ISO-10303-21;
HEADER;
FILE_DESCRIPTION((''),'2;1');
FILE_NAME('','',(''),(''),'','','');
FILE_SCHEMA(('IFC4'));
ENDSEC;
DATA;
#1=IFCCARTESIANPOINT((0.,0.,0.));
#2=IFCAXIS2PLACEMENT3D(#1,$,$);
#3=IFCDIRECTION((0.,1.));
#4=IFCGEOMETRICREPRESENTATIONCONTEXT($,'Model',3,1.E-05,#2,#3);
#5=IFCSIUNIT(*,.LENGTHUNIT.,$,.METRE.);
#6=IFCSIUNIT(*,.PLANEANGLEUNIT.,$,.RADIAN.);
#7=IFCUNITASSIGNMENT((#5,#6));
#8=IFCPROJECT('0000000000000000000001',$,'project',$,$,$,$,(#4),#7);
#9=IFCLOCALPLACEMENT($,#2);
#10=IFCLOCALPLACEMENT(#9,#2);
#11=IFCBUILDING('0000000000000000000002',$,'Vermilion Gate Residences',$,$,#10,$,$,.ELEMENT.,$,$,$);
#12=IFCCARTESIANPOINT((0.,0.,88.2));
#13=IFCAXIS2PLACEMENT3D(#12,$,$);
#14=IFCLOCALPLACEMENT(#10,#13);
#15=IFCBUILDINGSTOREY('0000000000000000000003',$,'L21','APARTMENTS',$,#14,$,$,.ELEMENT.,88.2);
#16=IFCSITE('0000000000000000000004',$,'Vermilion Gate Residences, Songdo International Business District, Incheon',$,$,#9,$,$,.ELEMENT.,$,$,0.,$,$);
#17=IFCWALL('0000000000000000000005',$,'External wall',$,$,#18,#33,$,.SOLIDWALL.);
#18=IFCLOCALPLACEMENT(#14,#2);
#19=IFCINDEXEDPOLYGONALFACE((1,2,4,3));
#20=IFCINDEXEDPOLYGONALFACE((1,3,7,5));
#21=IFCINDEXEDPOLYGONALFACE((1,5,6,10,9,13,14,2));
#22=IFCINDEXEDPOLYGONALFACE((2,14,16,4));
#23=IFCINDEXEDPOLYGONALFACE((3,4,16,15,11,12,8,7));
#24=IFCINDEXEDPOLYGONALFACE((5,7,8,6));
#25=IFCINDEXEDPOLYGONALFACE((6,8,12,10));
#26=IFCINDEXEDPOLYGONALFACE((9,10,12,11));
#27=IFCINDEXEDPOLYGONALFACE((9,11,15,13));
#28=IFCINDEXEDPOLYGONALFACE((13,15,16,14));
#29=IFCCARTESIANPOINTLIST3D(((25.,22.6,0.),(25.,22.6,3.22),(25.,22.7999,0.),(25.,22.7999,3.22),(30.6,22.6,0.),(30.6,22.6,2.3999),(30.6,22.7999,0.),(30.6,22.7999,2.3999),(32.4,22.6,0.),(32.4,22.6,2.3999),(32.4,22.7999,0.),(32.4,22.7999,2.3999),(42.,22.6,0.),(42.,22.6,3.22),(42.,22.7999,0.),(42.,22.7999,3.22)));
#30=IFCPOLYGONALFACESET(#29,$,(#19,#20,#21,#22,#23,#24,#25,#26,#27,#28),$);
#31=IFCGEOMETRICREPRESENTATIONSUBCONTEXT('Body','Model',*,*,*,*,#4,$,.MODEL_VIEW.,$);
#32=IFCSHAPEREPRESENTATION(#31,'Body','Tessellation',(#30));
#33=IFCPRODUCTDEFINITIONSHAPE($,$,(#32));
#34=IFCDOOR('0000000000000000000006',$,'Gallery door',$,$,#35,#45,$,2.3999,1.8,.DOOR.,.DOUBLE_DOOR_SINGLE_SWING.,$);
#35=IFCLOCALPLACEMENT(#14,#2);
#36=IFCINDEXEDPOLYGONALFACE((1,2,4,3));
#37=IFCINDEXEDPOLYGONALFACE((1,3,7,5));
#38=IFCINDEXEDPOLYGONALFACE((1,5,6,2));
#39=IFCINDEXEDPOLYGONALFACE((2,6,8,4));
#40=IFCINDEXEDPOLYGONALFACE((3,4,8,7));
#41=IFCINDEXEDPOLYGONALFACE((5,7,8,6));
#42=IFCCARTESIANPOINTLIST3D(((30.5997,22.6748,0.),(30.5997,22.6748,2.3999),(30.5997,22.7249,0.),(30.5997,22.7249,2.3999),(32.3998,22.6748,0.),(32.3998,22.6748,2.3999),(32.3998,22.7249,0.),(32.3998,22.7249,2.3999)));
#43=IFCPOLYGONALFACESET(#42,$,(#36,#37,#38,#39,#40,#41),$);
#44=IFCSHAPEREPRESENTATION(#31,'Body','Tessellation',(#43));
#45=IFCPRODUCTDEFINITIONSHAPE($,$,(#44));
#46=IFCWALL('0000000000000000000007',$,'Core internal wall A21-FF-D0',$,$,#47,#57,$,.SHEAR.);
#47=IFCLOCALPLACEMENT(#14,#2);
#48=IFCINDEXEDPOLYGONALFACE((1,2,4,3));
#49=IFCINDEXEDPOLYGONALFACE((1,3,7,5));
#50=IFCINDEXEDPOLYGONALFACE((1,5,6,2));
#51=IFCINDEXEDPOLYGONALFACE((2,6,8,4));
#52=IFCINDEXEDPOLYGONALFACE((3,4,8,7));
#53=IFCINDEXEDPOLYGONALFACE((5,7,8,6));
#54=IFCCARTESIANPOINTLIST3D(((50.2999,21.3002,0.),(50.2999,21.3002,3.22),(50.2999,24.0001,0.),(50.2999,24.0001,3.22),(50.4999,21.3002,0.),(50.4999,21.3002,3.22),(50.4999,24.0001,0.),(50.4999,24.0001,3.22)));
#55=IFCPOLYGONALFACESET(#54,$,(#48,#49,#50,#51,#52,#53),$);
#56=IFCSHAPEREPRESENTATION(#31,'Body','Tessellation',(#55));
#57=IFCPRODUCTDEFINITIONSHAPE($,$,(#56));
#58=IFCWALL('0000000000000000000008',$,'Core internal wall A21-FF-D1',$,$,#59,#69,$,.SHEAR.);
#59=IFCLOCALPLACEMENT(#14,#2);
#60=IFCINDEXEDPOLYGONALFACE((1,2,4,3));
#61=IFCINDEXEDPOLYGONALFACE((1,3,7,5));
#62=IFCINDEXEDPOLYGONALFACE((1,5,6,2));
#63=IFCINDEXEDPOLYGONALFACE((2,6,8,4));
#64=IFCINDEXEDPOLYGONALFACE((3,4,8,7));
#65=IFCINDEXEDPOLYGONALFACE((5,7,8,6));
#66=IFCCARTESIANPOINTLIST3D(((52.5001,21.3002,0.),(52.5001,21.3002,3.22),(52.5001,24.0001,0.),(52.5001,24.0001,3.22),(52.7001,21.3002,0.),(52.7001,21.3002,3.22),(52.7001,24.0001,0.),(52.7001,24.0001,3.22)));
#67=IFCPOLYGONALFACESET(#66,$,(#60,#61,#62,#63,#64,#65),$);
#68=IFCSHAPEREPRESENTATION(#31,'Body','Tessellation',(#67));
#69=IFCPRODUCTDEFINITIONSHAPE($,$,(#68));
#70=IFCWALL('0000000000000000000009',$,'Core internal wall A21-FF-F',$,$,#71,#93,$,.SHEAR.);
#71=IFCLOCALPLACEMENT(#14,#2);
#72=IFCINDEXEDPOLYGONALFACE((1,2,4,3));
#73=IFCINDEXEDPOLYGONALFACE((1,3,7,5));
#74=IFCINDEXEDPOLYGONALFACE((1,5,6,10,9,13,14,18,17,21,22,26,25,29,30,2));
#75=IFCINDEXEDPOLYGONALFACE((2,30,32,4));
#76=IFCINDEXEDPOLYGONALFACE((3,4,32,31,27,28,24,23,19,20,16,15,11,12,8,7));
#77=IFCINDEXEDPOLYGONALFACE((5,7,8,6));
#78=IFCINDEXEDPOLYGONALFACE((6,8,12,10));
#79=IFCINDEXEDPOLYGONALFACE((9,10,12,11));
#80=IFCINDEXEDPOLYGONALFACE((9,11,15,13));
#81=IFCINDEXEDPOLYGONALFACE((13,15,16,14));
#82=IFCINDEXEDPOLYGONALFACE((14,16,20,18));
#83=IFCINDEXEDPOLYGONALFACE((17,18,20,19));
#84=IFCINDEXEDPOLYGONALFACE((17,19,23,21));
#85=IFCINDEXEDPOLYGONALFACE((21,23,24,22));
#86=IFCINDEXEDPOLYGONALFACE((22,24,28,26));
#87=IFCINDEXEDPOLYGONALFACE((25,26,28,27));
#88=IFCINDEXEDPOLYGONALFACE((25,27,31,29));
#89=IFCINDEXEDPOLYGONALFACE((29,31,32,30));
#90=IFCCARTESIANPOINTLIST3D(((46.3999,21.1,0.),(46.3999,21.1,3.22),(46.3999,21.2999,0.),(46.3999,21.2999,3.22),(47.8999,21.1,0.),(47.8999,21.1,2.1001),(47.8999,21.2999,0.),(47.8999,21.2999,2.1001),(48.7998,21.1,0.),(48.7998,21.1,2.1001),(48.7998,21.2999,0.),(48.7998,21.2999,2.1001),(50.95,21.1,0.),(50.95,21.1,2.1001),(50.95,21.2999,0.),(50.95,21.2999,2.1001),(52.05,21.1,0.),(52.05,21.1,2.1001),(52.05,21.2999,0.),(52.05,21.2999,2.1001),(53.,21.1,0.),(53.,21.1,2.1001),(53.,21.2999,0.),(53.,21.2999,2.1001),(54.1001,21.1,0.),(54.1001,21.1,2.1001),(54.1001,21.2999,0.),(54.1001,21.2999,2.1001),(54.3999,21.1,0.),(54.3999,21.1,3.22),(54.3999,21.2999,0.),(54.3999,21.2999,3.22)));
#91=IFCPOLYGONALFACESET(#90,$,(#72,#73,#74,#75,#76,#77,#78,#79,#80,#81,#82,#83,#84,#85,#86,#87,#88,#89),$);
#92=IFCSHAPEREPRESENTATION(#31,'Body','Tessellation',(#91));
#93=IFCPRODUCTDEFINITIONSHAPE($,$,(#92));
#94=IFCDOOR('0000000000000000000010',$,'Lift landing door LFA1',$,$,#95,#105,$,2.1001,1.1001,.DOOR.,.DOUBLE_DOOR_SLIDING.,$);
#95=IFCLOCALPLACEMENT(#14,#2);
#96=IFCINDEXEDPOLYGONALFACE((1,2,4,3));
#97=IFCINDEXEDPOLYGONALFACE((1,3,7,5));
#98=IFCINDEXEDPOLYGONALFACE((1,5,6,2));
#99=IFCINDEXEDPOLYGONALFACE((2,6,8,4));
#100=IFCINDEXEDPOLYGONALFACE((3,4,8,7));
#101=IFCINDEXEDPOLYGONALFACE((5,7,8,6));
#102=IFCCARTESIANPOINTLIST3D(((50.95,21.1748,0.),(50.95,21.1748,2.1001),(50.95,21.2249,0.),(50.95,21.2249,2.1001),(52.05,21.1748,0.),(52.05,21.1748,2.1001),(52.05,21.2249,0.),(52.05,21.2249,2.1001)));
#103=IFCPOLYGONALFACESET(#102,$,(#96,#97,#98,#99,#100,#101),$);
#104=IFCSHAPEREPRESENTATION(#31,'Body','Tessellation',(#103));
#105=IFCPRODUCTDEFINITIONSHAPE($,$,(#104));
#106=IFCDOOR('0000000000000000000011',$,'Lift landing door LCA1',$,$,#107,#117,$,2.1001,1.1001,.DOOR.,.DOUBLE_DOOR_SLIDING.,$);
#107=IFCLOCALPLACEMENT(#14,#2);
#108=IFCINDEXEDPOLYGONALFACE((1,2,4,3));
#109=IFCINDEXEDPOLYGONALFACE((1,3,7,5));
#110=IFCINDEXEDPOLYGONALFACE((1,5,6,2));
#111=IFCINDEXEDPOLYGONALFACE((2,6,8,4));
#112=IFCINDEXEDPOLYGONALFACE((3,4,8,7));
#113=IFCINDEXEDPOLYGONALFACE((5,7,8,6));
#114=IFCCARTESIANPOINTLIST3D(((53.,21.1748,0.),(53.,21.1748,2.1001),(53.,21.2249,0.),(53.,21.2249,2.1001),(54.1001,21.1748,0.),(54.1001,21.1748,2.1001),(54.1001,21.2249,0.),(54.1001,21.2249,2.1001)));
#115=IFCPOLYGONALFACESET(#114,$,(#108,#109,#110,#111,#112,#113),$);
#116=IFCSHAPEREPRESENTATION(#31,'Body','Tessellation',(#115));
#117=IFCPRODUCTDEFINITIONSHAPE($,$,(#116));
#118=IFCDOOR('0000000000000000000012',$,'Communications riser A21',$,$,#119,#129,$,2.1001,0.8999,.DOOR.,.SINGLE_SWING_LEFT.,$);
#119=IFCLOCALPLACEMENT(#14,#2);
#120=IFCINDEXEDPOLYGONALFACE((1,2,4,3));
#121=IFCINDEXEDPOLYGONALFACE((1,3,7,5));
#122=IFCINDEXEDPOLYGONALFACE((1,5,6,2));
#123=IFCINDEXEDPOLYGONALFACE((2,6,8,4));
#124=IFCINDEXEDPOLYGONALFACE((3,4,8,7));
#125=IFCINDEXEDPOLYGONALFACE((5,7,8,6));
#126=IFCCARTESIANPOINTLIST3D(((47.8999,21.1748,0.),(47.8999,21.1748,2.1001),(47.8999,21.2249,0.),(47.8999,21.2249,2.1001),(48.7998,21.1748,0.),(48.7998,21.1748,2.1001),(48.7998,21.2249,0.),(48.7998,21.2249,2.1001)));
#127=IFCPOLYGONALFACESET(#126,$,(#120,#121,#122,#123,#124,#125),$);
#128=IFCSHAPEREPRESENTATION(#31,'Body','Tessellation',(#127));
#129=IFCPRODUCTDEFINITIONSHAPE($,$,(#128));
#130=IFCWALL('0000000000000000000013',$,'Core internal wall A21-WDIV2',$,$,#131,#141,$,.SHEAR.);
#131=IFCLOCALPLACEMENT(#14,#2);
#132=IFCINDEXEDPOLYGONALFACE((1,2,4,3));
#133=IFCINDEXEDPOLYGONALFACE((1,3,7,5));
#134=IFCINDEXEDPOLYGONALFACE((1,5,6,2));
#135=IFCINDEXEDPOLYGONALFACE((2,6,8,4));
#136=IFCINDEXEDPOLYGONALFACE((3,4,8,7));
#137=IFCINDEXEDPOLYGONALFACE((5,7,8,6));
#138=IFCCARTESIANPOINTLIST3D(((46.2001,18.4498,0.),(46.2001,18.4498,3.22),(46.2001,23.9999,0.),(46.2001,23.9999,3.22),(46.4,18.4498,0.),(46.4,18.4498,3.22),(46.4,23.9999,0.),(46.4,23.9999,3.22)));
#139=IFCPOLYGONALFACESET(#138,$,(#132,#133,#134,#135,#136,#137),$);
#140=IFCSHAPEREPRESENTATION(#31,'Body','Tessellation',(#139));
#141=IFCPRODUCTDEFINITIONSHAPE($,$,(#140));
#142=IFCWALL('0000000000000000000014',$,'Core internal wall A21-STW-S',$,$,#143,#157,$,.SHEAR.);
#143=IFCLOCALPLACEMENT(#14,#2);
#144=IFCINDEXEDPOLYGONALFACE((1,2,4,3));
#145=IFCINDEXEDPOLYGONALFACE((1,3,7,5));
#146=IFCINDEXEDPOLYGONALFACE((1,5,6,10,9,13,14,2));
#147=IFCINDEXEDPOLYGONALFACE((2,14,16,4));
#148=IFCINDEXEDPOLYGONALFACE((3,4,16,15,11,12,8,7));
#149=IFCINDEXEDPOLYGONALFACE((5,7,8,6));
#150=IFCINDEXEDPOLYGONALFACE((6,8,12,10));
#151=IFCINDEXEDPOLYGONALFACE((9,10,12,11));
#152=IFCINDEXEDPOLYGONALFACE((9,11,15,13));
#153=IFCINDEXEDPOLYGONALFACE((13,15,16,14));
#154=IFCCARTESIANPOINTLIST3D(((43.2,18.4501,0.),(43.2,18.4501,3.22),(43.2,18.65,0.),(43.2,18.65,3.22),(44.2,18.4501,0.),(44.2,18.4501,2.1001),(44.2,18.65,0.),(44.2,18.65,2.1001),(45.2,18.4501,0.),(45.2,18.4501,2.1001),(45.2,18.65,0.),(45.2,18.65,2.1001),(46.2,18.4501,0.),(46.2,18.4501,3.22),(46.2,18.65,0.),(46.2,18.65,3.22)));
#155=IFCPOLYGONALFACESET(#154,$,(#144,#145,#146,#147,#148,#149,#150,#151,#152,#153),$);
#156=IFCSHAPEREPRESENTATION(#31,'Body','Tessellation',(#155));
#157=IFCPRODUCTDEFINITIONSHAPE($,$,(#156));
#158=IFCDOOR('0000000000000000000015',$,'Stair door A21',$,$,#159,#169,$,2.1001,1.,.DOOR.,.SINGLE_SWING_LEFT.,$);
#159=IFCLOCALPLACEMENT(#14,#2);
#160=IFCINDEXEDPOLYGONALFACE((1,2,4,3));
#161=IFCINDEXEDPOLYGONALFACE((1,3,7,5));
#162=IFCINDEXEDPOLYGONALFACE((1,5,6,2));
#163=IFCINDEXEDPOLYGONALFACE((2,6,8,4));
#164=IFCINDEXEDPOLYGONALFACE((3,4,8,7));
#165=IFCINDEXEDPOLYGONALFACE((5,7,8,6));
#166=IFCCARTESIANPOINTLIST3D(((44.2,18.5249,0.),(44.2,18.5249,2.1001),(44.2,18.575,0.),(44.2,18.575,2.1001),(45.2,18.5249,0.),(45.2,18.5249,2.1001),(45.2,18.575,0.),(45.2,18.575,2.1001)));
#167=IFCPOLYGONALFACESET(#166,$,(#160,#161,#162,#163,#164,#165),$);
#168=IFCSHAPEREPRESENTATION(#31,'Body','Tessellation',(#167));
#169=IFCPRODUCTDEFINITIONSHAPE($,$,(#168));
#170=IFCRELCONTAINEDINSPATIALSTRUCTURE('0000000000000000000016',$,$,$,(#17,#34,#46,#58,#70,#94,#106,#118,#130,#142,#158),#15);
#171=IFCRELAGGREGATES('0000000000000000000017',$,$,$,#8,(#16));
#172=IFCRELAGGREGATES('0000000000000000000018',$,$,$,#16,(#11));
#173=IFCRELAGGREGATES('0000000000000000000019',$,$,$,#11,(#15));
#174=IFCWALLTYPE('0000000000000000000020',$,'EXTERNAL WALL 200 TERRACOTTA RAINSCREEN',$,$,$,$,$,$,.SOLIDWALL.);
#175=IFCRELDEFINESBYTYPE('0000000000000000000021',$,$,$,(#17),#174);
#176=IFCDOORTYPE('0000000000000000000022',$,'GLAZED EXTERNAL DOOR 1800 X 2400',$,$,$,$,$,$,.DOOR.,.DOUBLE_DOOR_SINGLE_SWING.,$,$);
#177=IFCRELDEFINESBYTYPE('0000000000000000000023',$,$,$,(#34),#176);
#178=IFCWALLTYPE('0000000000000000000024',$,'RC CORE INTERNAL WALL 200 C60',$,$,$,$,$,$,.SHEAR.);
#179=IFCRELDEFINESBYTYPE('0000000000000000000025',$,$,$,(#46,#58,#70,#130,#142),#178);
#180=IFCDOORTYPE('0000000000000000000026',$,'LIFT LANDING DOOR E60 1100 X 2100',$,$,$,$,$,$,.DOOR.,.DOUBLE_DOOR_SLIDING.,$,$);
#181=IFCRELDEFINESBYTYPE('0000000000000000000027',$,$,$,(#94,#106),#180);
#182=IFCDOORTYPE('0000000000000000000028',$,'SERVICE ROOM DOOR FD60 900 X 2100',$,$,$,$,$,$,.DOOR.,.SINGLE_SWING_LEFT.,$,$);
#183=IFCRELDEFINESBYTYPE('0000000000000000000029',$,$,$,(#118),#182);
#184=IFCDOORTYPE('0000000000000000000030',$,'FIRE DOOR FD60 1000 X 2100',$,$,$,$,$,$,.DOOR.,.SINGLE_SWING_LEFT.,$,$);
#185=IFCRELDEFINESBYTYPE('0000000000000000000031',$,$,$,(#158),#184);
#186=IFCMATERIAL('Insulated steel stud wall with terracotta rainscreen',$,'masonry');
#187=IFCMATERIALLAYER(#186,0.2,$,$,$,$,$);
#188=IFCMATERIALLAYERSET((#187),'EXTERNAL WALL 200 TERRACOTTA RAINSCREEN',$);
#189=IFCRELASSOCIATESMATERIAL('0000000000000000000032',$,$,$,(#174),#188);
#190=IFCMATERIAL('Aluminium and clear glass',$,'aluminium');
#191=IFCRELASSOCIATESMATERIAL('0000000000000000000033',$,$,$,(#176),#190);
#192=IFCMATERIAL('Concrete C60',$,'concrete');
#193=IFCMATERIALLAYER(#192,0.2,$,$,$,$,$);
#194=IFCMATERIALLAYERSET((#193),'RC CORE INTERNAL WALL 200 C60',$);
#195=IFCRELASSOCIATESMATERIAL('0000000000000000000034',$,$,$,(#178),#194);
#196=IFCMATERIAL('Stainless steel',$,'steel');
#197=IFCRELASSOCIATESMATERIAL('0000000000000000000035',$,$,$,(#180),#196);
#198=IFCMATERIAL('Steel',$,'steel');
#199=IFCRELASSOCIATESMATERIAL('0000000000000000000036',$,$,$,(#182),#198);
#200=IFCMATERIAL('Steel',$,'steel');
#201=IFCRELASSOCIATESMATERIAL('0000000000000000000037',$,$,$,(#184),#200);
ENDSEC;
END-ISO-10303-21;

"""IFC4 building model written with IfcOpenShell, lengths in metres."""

from ifc_helpers import new_model, si_unit, direction, frame, frame_2d, origin, place, context, subcontext, project, spatial, rectangle, extrude, material, layer, layer_set, type_object, element, fill, save


model = new_model("IFC4")

# Units and contexts
model_context = context("Model", 3, precision=1e-05, world=origin(), true_north=direction((0.0, 1.0)))
body_context = subcontext(model_context, "Body", "Model", "MODEL_VIEW")
ifc_project = project(units=[si_unit("LENGTHUNIT", "METRE"), si_unit("PLANEANGLEUNIT", "RADIAN")], contexts=[model_context])

# Site, building, storey
site_placement = place(None, origin())
site = spatial("IfcSite", under=ifc_project, at=site_placement, Name="Vermilion Gate Residences, Songdo International Business District, Incheon", CompositionType="ELEMENT", RefElevation=0.0)
building_placement = place(site_placement, origin())
building = spatial("IfcBuilding", under=site, at=building_placement, Name="Vermilion Gate Residences", CompositionType="ELEMENT")
storey_placement = place(building_placement, frame((0.0, 0.0, 88.2)))
storey = spatial("IfcBuildingStorey", under=building, at=storey_placement, Name="L21", Description="APARTMENTS", CompositionType="ELEMENT", Elevation=88.2)

# Wall, opening, door
ifc_material_1 = material(Name="Insulated steel stud wall with terracotta rainscreen", Category="masonry")
ifc_layer_1 = layer(ifc_material_1, 0.2)
ifc_layer_set_1 = layer_set([ifc_layer_1], Name="EXTERNAL WALL 200 TERRACOTTA RAINSCREEN")
wall_type_1 = type_object("IfcWallType", Name="EXTERNAL WALL 200 TERRACOTTA RAINSCREEN", PredefinedType="SOLIDWALL", material=ifc_layer_set_1)
wall_1_placement = place(storey_placement, frame((42.0, 22.7, 0.0), z_axis=(0.0, 0.0, 1.0), x_axis=(-1.0, 0.0, 0.0)))
wall_1 = element("IfcWall", 1, at=wall_1_placement, inside=storey, type_object=wall_type_1, Name="External wall", PredefinedType="SOLIDWALL", context=body_context, shape_type="SweptSolid", body=[
    extrude(rectangle(XDim=17.0, YDim=0.2, at=frame_2d((8.5, 0.0))), origin(), (0.0, 0.0, 1.0), 3.22),
])
opening_1_placement = place(wall_1_placement, frame((9.6001, 0.0, 0.0)))
opening_1 = element("IfcOpeningElement", 2, at=opening_1_placement, cuts=wall_1, PredefinedType="OPENING", context=body_context, shape_type="SweptSolid", body=[
    extrude(rectangle(XDim=1.8, YDim=2.3999, at=frame_2d((0.8999, 1.2))), frame((0.0, 0.1099, 0.0), z_axis=(0.0, -1.0, 0.0), x_axis=(1.0, 0.0, 0.0)), (0.0, 0.0, 1.0), 0.22),
])
ifc_material_2 = material(Name="Aluminium and clear glass", Category="aluminium")
door_type_1 = type_object("IfcDoorType", Name="GLAZED EXTERNAL DOOR 1800 X 2400", OperationType="DOUBLE_DOOR_SINGLE_SWING", PredefinedType="DOOR", material=ifc_material_2)
door_1_placement = place(opening_1_placement, frame((1.8, 0.0, 0.0), z_axis=(0.0, 0.0, 1.0), x_axis=(-1.0, 0.0, 0.0)))
door_1 = element("IfcDoor", 3, at=door_1_placement, inside=storey, type_object=door_type_1, Name="Gallery door", OperationType="DOUBLE_DOOR_SINGLE_SWING", OverallHeight=2.3999, OverallWidth=1.8, PredefinedType="DOOR", context=body_context, shape_type="SweptSolid", body=[
    extrude(rectangle(XDim=1.8, YDim=2.3999, at=frame_2d((0.8999, 1.2))), frame((0.0, 0.0249, 0.0), z_axis=(0.0, -1.0, 0.0), x_axis=(1.0, 0.0, 0.0)), (0.0, 0.0, 1.0), 0.05),
])
fill(opening_1, door_1)

# Walls
ifc_material_3 = material(Name="Concrete C60", Category="concrete")
ifc_layer_2 = layer(ifc_material_3, 0.2)
ifc_layer_set_2 = layer_set([ifc_layer_2], Name="RC CORE INTERNAL WALL 200 C60")
wall_type_2 = type_object("IfcWallType", Name="RC CORE INTERNAL WALL 200 C60", PredefinedType="SHEAR", material=ifc_layer_set_2)
for number, where, z_axis, x_axis, name in (
    (4, (50.3999, 21.3, 0.0), (0.0, 0.0, 1.0), (0.0, 1.0, 0.0), "Core internal wall A21-FF-D0"),
    (5, (52.6001, 21.3, 0.0), (0.0, 0.0, 1.0), (0.0, 1.0, 0.0), "Core internal wall A21-FF-D1"),
):
    element("IfcWall", number, at=place(storey_placement, frame(where, z_axis=z_axis, x_axis=x_axis)), inside=storey, type_object=wall_type_2, Name=name, PredefinedType="SHEAR", context=body_context, shape_type="SweptSolid", body=[
        extrude(rectangle(XDim=2.7, YDim=0.2, at=frame_2d((1.3501, 0.0))), origin(), (0.0, 0.0, 1.0), 3.22),
    ])

# Wall, openings, doors
wall_2_placement = place(storey_placement, frame((46.3999, 21.2, 0.0), z_axis=(0.0, 0.0, 1.0), x_axis=(1.0, 0.0, 0.0)))
wall_2 = element("IfcWall", 6, at=wall_2_placement, inside=storey, type_object=wall_type_2, Name="Core internal wall A21-FF-F", PredefinedType="SHEAR", context=body_context, shape_type="SweptSolid", body=[
    extrude(rectangle(XDim=8.0, YDim=0.2, at=frame_2d((4.0, 0.0))), origin(), (0.0, 0.0, 1.0), 3.22),
])
opening_2_placement = place(wall_2_placement, frame((1.5, 0.0, 0.0)))
opening_2 = element("IfcOpeningElement", 7, at=opening_2_placement, cuts=wall_2, PredefinedType="OPENING", context=body_context, shape_type="SweptSolid", body=[
    extrude(rectangle(XDim=0.8999, YDim=2.1001, at=frame_2d((0.45, 1.05))), frame((0.0, 0.1099, 0.0), z_axis=(0.0, -1.0, 0.0), x_axis=(1.0, 0.0, 0.0)), (0.0, 0.0, 1.0), 0.22),
])
opening_3_placement = place(wall_2_placement, frame((4.55, 0.0, 0.0)))
opening_3 = element("IfcOpeningElement", 8, at=opening_3_placement, cuts=wall_2, PredefinedType="OPENING", context=body_context, shape_type="SweptSolid", body=[
    extrude(rectangle(XDim=1.1001, YDim=2.1001, at=frame_2d((0.55, 1.05))), frame((0.0, 0.1099, 0.0), z_axis=(0.0, -1.0, 0.0), x_axis=(1.0, 0.0, 0.0)), (0.0, 0.0, 1.0), 0.22),
])
opening_4_placement = place(wall_2_placement, frame((6.6001, 0.0, 0.0)))
opening_4 = element("IfcOpeningElement", 9, at=opening_4_placement, cuts=wall_2, PredefinedType="OPENING", context=body_context, shape_type="SweptSolid", body=[
    extrude(rectangle(XDim=1.1001, YDim=2.1001, at=frame_2d((0.55, 1.05))), frame((0.0, 0.1099, 0.0), z_axis=(0.0, -1.0, 0.0), x_axis=(1.0, 0.0, 0.0)), (0.0, 0.0, 1.0), 0.22),
])
ifc_material_4 = material(Name="Stainless steel", Category="steel")
door_type_2 = type_object("IfcDoorType", Name="LIFT LANDING DOOR E60 1100 X 2100", OperationType="DOUBLE_DOOR_SLIDING", PredefinedType="DOOR", material=ifc_material_4)
door_2_placement = place(opening_3_placement, origin())
door_2 = element("IfcDoor", 10, at=door_2_placement, inside=storey, type_object=door_type_2, Name="Lift landing door LFA1", OperationType="DOUBLE_DOOR_SLIDING", OverallHeight=2.1001, OverallWidth=1.1001, PredefinedType="DOOR", context=body_context, shape_type="SweptSolid", body=[
    extrude(rectangle(XDim=1.1001, YDim=2.1001, at=frame_2d((0.55, 1.05))), frame((0.0, 0.0249, 0.0), z_axis=(0.0, -1.0, 0.0), x_axis=(1.0, 0.0, 0.0)), (0.0, 0.0, 1.0), 0.05),
])
fill(opening_3, door_2)
door_3_placement = place(opening_4_placement, origin())
door_3 = element("IfcDoor", 11, at=door_3_placement, inside=storey, type_object=door_type_2, Name="Lift landing door LCA1", OperationType="DOUBLE_DOOR_SLIDING", OverallHeight=2.1001, OverallWidth=1.1001, PredefinedType="DOOR", context=body_context, shape_type="SweptSolid", body=[
    extrude(rectangle(XDim=1.1001, YDim=2.1001, at=frame_2d((0.55, 1.05))), frame((0.0, 0.0249, 0.0), z_axis=(0.0, -1.0, 0.0), x_axis=(1.0, 0.0, 0.0)), (0.0, 0.0, 1.0), 0.05),
])
fill(opening_4, door_3)
ifc_material_5 = material(Name="Steel", Category="steel")
door_type_3 = type_object("IfcDoorType", Name="SERVICE ROOM DOOR FD60 900 X 2100", OperationType="SINGLE_SWING_LEFT", PredefinedType="DOOR", material=ifc_material_5)
door_4_placement = place(opening_2_placement, origin())
door_4 = element("IfcDoor", 12, at=door_4_placement, inside=storey, type_object=door_type_3, Name="Communications riser A21", OperationType="SINGLE_SWING_LEFT", OverallHeight=2.1001, OverallWidth=0.8999, PredefinedType="DOOR", context=body_context, shape_type="SweptSolid", body=[
    extrude(rectangle(XDim=0.8999, YDim=2.1001, at=frame_2d((0.45, 1.05))), frame((0.0, 0.0249, 0.0), z_axis=(0.0, -1.0, 0.0), x_axis=(1.0, 0.0, 0.0)), (0.0, 0.0, 1.0), 0.05),
])
fill(opening_2, door_4)

# Wall
wall_3_placement = place(storey_placement, frame((46.3, 18.45, 0.0), z_axis=(0.0, 0.0, 1.0), x_axis=(0.0, 1.0, 0.0)))
element("IfcWall", 13, at=wall_3_placement, inside=storey, type_object=wall_type_2, Name="Core internal wall A21-WDIV2", PredefinedType="SHEAR", context=body_context, shape_type="SweptSolid", body=[
    extrude(rectangle(XDim=5.55, YDim=0.2, at=frame_2d((2.7749, 0.0))), origin(), (0.0, 0.0, 1.0), 3.22),
])

# Wall, opening, door
wall_4_placement = place(storey_placement, frame((43.2, 18.55, 0.0), z_axis=(0.0, 0.0, 1.0), x_axis=(1.0, 0.0, 0.0)))
wall_4 = element("IfcWall", 14, at=wall_4_placement, inside=storey, type_object=wall_type_2, Name="Core internal wall A21-STW-S", PredefinedType="SHEAR", context=body_context, shape_type="SweptSolid", body=[
    extrude(rectangle(XDim=3.0, YDim=0.2, at=frame_2d((1.5, 0.0))), origin(), (0.0, 0.0, 1.0), 3.22),
])
opening_5_placement = place(wall_4_placement, frame((1.0, 0.0, 0.0)))
opening_5 = element("IfcOpeningElement", 15, at=opening_5_placement, cuts=wall_4, PredefinedType="OPENING", context=body_context, shape_type="SweptSolid", body=[
    extrude(rectangle(XDim=1.0, YDim=2.1001, at=frame_2d((0.5, 1.05))), frame((0.0, 0.1099, 0.0), z_axis=(0.0, -1.0, 0.0), x_axis=(1.0, 0.0, 0.0)), (0.0, 0.0, 1.0), 0.22),
])
ifc_material_6 = material(Name="Steel", Category="steel")
door_type_4 = type_object("IfcDoorType", Name="FIRE DOOR FD60 1000 X 2100", OperationType="SINGLE_SWING_LEFT", PredefinedType="DOOR", material=ifc_material_6)
door_5_placement = place(opening_5_placement, origin())
door_5 = element("IfcDoor", 16, at=door_5_placement, inside=storey, type_object=door_type_4, Name="Stair door A21", OperationType="SINGLE_SWING_LEFT", OverallHeight=2.1001, OverallWidth=1.0, PredefinedType="DOOR", context=body_context, shape_type="SweptSolid", body=[
    extrude(rectangle(XDim=1.0, YDim=2.1001, at=frame_2d((0.5, 1.05))), frame((0.0, 0.0249, 0.0), z_axis=(0.0, -1.0, 0.0), x_axis=(1.0, 0.0, 0.0)), (0.0, 0.0, 1.0), 0.05),
])
fill(opening_5, door_5)

save(model, "model.ifc")
